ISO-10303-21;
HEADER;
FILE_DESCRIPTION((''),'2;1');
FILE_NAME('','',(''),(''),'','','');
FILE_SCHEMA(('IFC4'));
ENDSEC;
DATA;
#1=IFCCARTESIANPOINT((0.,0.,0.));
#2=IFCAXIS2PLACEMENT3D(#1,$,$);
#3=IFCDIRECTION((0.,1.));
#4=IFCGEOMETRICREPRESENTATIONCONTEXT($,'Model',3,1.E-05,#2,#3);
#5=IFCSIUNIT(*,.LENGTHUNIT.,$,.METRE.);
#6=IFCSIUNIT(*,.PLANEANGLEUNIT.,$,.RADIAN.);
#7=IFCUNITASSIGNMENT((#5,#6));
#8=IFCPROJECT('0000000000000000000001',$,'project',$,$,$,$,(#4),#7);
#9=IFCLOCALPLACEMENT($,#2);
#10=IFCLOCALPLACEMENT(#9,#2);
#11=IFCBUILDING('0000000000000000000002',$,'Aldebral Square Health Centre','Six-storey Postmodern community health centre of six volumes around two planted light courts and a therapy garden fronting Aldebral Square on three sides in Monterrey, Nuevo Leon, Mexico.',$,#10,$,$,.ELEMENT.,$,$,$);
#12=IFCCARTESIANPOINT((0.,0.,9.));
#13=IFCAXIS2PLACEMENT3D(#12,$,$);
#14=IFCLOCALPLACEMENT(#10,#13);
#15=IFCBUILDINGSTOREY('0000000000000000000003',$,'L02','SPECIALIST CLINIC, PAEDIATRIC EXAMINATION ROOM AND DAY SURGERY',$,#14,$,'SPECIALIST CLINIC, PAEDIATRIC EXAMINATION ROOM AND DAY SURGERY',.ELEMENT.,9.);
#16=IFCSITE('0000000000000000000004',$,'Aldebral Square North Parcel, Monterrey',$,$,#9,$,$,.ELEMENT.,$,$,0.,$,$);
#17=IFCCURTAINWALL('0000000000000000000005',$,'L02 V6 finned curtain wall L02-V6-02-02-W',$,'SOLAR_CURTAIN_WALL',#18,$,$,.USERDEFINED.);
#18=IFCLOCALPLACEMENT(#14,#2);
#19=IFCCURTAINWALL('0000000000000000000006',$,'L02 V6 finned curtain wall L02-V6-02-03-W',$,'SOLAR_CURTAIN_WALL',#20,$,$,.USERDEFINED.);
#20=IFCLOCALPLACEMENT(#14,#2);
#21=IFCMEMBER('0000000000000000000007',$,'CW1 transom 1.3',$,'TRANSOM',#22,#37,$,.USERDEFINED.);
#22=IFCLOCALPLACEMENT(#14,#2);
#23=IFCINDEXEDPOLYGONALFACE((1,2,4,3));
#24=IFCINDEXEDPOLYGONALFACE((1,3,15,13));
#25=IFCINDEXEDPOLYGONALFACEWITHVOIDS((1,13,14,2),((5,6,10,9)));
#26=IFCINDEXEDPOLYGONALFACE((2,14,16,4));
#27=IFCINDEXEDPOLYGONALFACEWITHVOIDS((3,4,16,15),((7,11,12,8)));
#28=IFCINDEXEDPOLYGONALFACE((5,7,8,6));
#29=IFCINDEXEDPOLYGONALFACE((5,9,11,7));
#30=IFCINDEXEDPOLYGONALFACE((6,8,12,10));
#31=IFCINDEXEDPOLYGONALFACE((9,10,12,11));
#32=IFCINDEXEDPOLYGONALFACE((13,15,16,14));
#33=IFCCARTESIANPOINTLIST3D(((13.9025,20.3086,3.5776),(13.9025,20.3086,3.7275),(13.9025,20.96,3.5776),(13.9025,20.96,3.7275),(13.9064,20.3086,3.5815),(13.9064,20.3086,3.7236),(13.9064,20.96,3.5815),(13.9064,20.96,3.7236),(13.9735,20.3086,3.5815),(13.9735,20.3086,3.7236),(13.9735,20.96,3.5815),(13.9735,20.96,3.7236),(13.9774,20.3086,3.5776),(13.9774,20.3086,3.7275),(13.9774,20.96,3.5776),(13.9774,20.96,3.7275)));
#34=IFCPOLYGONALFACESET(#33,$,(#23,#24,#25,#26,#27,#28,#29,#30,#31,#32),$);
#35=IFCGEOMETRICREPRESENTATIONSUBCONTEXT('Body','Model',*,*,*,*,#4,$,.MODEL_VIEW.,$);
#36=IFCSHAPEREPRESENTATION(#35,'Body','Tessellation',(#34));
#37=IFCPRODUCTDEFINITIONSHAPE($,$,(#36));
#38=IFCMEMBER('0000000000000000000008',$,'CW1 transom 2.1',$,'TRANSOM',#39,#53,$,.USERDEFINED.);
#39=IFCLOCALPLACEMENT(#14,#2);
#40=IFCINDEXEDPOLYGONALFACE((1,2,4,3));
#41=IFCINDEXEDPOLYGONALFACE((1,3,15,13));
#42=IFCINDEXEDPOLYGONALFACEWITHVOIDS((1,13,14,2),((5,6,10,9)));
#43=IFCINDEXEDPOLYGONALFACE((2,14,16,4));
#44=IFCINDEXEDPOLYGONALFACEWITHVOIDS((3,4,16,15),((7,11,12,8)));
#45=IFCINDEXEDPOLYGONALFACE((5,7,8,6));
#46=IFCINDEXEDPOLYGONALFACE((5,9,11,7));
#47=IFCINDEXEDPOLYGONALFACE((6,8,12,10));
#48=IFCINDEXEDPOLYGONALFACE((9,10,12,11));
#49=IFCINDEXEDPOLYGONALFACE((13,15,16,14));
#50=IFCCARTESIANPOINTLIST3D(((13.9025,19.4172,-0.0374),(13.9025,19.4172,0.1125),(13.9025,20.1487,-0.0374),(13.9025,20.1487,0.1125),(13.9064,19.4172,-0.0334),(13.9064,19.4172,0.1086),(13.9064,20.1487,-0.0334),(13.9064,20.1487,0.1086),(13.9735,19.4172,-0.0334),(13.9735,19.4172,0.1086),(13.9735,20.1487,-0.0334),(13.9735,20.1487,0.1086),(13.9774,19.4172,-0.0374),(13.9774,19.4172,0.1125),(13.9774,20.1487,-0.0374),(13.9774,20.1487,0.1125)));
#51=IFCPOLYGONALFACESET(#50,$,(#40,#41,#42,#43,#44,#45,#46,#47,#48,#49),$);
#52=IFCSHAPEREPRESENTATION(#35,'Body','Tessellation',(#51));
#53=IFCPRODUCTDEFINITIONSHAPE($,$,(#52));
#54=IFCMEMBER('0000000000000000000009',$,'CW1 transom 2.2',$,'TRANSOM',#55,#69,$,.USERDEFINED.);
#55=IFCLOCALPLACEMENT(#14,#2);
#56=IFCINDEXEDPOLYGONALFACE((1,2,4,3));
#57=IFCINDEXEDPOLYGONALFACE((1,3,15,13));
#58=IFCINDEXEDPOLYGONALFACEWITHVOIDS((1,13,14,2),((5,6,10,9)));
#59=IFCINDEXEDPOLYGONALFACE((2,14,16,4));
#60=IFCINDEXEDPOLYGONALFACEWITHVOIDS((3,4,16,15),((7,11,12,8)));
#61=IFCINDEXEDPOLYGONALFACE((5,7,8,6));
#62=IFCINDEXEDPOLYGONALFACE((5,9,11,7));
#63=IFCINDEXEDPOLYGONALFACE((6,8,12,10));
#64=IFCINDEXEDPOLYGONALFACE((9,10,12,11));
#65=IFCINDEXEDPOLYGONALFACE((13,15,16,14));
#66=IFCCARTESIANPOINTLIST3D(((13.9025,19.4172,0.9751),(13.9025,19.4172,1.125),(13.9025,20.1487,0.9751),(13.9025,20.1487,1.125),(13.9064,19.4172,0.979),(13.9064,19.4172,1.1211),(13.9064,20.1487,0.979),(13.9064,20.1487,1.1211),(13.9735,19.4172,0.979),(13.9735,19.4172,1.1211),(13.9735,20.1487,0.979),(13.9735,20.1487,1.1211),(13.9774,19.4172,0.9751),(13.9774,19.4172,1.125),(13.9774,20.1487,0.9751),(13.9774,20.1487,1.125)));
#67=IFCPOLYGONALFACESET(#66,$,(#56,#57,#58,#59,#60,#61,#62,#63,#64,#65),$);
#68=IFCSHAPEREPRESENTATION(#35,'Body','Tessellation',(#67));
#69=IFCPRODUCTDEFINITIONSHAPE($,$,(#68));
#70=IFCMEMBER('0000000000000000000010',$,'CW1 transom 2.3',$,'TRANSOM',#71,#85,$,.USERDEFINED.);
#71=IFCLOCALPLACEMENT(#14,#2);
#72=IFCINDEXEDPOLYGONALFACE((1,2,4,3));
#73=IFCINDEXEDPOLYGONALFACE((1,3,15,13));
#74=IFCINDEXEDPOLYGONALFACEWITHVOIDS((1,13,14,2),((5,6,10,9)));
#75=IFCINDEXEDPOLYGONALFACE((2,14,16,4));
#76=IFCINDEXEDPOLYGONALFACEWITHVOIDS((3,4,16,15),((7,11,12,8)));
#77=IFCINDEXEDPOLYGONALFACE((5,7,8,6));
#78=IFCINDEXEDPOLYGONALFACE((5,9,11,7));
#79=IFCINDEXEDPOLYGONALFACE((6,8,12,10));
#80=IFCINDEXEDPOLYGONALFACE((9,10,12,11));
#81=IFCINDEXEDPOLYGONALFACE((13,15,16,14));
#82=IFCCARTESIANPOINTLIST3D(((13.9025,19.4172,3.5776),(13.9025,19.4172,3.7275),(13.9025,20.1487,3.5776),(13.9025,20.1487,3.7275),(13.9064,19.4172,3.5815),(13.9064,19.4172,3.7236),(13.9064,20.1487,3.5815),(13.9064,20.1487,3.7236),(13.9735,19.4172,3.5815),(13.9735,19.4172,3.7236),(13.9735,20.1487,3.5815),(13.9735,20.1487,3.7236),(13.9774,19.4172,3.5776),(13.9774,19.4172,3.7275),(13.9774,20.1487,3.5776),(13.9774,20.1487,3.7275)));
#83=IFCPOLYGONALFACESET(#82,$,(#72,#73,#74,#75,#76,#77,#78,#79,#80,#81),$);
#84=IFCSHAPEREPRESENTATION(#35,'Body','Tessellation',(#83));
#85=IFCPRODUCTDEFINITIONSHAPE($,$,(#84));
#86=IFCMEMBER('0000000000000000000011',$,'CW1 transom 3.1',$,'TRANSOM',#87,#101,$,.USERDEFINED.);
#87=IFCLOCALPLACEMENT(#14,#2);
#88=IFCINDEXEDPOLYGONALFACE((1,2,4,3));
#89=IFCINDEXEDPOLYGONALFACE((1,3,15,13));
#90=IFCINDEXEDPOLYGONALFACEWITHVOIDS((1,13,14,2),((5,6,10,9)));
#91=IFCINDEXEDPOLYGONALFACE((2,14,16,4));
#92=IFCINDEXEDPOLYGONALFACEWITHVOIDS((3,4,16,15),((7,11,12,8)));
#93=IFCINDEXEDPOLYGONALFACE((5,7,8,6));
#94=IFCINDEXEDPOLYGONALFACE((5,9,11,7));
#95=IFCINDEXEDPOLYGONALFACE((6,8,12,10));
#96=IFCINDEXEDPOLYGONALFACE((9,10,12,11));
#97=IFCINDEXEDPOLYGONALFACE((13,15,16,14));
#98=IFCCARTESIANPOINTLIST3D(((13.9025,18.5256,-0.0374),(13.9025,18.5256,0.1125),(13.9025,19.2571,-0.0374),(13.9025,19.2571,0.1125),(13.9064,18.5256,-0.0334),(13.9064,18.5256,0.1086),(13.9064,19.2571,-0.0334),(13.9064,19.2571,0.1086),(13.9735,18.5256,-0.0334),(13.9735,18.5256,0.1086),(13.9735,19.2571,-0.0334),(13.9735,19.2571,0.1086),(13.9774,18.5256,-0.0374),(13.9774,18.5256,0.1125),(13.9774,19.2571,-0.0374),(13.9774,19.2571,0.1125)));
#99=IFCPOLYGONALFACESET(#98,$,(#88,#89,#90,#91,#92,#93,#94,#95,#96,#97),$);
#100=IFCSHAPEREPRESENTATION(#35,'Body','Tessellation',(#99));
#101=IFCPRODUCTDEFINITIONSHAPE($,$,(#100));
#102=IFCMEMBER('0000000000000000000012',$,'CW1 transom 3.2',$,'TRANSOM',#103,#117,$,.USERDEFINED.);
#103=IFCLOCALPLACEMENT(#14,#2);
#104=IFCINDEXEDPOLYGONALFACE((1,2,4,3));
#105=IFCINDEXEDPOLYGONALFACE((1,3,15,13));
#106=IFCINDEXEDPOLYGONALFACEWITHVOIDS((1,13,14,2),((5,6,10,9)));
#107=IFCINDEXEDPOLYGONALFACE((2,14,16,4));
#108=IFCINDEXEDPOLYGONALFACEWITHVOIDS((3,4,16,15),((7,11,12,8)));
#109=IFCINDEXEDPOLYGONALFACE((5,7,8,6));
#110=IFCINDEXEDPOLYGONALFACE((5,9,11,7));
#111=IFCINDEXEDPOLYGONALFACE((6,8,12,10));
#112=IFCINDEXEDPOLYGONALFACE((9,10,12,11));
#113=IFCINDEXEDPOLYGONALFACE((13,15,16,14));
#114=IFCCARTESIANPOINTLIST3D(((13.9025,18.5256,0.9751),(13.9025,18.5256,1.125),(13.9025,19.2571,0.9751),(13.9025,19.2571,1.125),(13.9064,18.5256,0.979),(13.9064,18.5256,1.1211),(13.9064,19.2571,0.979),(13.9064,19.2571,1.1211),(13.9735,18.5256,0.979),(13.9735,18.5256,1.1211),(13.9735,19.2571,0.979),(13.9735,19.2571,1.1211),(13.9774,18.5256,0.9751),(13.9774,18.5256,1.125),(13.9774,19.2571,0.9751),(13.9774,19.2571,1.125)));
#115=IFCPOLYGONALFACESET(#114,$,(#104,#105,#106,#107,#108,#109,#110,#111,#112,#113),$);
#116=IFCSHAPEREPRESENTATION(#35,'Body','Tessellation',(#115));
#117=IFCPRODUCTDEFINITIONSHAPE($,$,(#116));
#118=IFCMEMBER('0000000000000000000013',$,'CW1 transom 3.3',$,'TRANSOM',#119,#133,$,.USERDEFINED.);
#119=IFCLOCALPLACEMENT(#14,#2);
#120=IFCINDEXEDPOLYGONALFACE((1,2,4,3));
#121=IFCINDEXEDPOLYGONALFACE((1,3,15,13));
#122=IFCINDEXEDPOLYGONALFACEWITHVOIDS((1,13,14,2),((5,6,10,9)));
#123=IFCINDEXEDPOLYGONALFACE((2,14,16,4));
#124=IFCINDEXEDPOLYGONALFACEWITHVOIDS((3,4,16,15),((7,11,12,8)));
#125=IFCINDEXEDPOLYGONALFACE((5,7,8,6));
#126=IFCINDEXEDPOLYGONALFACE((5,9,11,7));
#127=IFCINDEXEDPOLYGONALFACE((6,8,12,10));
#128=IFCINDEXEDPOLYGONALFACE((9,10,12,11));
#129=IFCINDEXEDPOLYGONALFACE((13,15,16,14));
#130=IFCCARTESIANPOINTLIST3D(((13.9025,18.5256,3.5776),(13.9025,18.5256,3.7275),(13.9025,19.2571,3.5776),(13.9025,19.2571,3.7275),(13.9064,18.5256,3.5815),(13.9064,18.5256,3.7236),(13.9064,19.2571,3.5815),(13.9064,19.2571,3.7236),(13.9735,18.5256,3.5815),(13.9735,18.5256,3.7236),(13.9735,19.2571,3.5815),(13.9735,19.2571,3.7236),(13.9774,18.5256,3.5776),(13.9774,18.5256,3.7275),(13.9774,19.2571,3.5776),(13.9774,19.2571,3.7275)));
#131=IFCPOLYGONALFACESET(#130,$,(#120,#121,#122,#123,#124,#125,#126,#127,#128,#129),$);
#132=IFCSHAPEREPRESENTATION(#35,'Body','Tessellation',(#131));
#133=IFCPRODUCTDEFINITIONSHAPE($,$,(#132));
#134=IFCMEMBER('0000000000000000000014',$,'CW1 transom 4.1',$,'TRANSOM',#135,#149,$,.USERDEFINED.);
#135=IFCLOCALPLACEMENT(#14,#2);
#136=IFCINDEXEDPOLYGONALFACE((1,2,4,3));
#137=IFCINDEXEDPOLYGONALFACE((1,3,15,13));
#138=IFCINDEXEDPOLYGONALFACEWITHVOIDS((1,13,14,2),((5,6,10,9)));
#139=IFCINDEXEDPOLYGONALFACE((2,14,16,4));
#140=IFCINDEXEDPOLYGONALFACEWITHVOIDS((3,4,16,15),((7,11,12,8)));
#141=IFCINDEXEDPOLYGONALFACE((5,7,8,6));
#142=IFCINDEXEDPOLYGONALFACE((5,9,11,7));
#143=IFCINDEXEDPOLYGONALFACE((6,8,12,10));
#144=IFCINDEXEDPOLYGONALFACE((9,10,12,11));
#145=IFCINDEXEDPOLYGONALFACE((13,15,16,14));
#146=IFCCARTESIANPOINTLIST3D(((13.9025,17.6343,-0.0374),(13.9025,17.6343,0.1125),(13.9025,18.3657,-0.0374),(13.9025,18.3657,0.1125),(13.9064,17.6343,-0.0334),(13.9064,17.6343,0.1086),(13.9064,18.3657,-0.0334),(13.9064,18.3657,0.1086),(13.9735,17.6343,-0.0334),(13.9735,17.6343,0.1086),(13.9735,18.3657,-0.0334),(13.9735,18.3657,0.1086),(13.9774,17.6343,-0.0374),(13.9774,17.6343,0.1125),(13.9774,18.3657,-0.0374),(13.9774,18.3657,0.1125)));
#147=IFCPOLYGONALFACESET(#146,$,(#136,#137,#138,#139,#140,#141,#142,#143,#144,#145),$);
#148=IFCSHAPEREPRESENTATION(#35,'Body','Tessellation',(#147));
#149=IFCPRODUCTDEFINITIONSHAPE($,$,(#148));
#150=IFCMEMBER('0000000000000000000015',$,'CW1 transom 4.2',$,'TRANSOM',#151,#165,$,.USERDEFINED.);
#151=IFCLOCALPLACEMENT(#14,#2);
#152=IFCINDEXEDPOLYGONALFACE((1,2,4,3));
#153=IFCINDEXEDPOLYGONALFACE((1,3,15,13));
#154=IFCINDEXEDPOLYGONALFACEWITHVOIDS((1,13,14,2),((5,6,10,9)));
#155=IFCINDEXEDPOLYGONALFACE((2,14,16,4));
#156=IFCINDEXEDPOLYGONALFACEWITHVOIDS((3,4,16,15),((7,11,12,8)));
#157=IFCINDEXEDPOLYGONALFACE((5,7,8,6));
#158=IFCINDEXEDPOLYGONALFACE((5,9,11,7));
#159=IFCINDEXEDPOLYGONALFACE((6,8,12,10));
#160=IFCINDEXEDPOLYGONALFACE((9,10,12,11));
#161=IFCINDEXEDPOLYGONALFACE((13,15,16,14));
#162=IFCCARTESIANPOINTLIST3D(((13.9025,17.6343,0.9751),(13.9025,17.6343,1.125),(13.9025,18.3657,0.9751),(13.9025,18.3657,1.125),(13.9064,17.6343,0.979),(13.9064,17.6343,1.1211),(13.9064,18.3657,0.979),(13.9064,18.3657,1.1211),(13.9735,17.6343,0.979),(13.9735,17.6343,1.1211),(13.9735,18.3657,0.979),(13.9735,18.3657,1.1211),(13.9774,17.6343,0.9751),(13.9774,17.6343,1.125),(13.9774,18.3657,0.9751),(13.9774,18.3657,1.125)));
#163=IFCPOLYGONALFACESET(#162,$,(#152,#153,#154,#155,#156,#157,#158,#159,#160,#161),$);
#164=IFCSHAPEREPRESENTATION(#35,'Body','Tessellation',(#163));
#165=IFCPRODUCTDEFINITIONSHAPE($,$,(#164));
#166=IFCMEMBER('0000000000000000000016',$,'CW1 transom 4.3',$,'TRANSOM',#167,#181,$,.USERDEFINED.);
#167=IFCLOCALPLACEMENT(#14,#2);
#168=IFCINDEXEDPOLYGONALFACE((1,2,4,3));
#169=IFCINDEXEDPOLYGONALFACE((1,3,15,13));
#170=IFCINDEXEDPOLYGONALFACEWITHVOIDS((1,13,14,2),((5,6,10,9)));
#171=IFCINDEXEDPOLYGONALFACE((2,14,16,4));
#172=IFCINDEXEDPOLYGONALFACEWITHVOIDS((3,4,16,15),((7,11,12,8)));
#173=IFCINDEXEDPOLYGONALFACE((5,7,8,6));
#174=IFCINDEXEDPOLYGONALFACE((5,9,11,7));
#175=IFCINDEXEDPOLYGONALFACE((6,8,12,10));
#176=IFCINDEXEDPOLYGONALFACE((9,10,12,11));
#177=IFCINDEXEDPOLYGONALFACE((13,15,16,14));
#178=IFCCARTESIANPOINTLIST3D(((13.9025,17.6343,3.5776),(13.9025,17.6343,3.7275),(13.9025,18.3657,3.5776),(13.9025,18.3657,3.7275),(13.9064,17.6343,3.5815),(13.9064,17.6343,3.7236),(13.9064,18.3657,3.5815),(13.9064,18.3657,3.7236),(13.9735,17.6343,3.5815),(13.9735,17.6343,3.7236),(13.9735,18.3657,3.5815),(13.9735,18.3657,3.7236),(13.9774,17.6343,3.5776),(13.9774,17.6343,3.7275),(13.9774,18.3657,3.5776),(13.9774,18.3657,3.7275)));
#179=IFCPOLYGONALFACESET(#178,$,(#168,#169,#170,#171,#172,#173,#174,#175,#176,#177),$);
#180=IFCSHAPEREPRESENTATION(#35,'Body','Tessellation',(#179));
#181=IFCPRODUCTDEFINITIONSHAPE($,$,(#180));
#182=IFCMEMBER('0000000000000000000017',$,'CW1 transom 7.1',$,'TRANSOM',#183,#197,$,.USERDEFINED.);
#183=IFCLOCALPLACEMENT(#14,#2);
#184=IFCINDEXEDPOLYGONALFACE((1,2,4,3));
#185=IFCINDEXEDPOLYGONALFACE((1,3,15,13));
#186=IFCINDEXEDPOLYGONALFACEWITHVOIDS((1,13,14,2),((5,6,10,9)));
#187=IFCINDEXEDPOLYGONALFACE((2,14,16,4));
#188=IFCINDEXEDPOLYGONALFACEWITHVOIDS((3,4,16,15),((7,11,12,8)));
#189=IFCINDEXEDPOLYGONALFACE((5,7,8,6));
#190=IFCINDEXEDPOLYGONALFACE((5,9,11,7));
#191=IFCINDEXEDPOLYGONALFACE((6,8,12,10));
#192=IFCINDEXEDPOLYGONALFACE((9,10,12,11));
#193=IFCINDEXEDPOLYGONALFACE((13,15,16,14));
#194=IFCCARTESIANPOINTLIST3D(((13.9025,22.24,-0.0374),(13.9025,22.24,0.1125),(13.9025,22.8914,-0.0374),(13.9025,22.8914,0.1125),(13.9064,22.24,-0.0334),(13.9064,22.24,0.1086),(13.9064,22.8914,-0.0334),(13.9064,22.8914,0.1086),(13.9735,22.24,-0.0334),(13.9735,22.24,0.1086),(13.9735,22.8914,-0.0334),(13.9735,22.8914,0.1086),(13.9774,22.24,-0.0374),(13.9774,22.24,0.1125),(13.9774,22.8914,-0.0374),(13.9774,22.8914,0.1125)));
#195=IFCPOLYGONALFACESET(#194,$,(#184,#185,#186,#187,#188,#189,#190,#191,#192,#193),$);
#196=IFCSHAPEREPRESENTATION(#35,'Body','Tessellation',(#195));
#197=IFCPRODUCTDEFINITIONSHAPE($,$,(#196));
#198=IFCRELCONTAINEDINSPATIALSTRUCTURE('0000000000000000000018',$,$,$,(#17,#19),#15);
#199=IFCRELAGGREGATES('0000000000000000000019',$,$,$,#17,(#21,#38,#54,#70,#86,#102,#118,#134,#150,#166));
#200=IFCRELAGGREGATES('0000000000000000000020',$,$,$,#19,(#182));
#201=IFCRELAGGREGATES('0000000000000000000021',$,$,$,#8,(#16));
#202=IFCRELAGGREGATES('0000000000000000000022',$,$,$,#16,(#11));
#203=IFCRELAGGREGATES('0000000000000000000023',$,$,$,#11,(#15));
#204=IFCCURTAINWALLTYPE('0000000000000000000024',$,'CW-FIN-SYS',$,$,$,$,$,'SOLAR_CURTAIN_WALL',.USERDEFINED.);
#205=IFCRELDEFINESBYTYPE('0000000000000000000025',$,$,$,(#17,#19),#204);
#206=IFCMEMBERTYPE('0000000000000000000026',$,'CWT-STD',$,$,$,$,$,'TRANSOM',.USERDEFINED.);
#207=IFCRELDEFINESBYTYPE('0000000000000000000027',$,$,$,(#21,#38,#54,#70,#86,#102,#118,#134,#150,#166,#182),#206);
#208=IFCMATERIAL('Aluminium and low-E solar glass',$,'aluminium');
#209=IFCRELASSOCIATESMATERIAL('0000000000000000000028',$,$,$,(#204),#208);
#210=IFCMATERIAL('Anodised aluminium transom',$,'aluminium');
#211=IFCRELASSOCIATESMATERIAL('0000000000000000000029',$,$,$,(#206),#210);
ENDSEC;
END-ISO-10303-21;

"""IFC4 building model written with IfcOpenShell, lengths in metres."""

from ifc_helpers import new_model, si_unit, direction, frame, origin, origin_2d, place, context, subcontext, project, spatial, hollow_rectangle, extrude, material, material_profile, profile_set, type_object, element, aggregate, save


model = new_model("IFC4")

# Units and contexts
model_context = context("Model", 3, precision=1e-05, world=origin(), true_north=direction((0.0, 1.0)))
body_context = subcontext(model_context, "Body", "Model", "MODEL_VIEW")
ifc_project = project(units=[si_unit("LENGTHUNIT", "METRE"), si_unit("PLANEANGLEUNIT", "RADIAN")], contexts=[model_context])

# Site, building, storey
site_placement = place(None, origin())
site = spatial("IfcSite", under=ifc_project, at=site_placement, Name="Aldebral Square North Parcel, Monterrey", CompositionType="ELEMENT", RefElevation=0.0)
building_placement = place(site_placement, origin())
building = spatial("IfcBuilding", under=site, at=building_placement, Name="Aldebral Square Health Centre", Description="Six-storey Postmodern community health centre of six volumes around two planted light courts and a therapy garden fronting Aldebral Square on three sides in Monterrey, Nuevo Leon, Mexico.", CompositionType="ELEMENT")
storey_placement = place(building_placement, frame((0.0, 0.0, 9.0)))
storey = spatial("IfcBuildingStorey", under=building, at=storey_placement, Name="L02", Description="SPECIALIST CLINIC, PAEDIATRIC EXAMINATION ROOM AND DAY SURGERY", LongName="SPECIALIST CLINIC, PAEDIATRIC EXAMINATION ROOM AND DAY SURGERY", CompositionType="ELEMENT", Elevation=9.0)

# Curtain walls
ifc_material_1 = material(Name="Aluminium and low-E solar glass", Category="aluminium")
curtain_wall_type = type_object("IfcCurtainWallType", Name="CW-FIN-SYS", ElementType="SOLAR_CURTAIN_WALL", PredefinedType="USERDEFINED", material=ifc_material_1)
curtain_wall_1_placement = place(storey_placement, origin())
curtain_wall_1 = element("IfcCurtainWall", 1, at=curtain_wall_1_placement, inside=storey, type_object=curtain_wall_type, Name="L02 V6 finned curtain wall L02-V6-02-02-W", ObjectType="SOLAR_CURTAIN_WALL", PredefinedType="USERDEFINED")
curtain_wall_2_placement = place(storey_placement, origin())
curtain_wall_2 = element("IfcCurtainWall", 2, at=curtain_wall_2_placement, inside=storey, type_object=curtain_wall_type, Name="L02 V6 finned curtain wall L02-V6-02-03-W", ObjectType="SOLAR_CURTAIN_WALL", PredefinedType="USERDEFINED")

# Members
ifc_material_2 = material(Name="Anodised aluminium transom", Category="aluminium")
ifc_material_profile_1 = material_profile(ifc_material_2, hollow_rectangle(XDim=0.075, YDim=0.1499, WallThickness=0.0039, at=origin_2d()), Name="CWT 75x150x4")
ifc_profile_set_1 = profile_set([ifc_material_profile_1], Name="Anodised aluminium transom")
member_type_1 = type_object("IfcMemberType", Name="CWT-STD", ElementType="TRANSOM", PredefinedType="USERDEFINED", material=ifc_profile_set_1)
member_1_placement = place(storey_placement, frame((13.9399, 20.96, 3.6526), z_axis=(0.0, -1.0, 0.0), x_axis=(1.0, 0.0, 0.0)))
member_1 = element("IfcMember", 3, at=member_1_placement, type_object=member_type_1, Name="CW1 transom 1.3", ObjectType="TRANSOM", PredefinedType="USERDEFINED", context=body_context, shape_type="SweptSolid", body=[
    extrude(hollow_rectangle(XDim=0.075, YDim=0.1499, WallThickness=0.0039, at=origin_2d()), origin(), (0.0, 0.0, 1.0), 0.6514),
])
member_2_placement = place(storey_placement, frame((13.9399, 20.1487, 0.0376), z_axis=(0.0, -1.0, 0.0), x_axis=(1.0, 0.0, 0.0)))
member_2 = element("IfcMember", 4, at=member_2_placement, type_object=member_type_1, Name="CW1 transom 2.1", ObjectType="TRANSOM", PredefinedType="USERDEFINED", context=body_context, shape_type="SweptSolid", body=[
    extrude(hollow_rectangle(XDim=0.075, YDim=0.1499, WallThickness=0.0039, at=origin_2d()), origin(), (0.0, 0.0, 1.0), 0.7314),
])
member_3_placement = place(storey_placement, frame((13.9399, 20.1487, 1.05), z_axis=(0.0, -1.0, 0.0), x_axis=(1.0, 0.0, 0.0)))
member_3 = element("IfcMember", 5, at=member_3_placement, type_object=member_type_1, Name="CW1 transom 2.2", ObjectType="TRANSOM", PredefinedType="USERDEFINED", context=body_context, shape_type="SweptSolid", body=[
    extrude(hollow_rectangle(XDim=0.075, YDim=0.1499, WallThickness=0.0039, at=origin_2d()), origin(), (0.0, 0.0, 1.0), 0.7314),
])
member_4_placement = place(storey_placement, frame((13.9399, 20.1487, 3.6526), z_axis=(0.0, -1.0, 0.0), x_axis=(1.0, 0.0, 0.0)))
member_4 = element("IfcMember", 6, at=member_4_placement, type_object=member_type_1, Name="CW1 transom 2.3", ObjectType="TRANSOM", PredefinedType="USERDEFINED", context=body_context, shape_type="SweptSolid", body=[
    extrude(hollow_rectangle(XDim=0.075, YDim=0.1499, WallThickness=0.0039, at=origin_2d()), origin(), (0.0, 0.0, 1.0), 0.7314),
])
member_5_placement = place(storey_placement, frame((13.9399, 19.2571, 0.0376), z_axis=(0.0, -1.0, 0.0), x_axis=(1.0, 0.0, 0.0)))
member_5 = element("IfcMember", 7, at=member_5_placement, type_object=member_type_1, Name="CW1 transom 3.1", ObjectType="TRANSOM", PredefinedType="USERDEFINED", context=body_context, shape_type="SweptSolid", body=[
    extrude(hollow_rectangle(XDim=0.075, YDim=0.1499, WallThickness=0.0039, at=origin_2d()), origin(), (0.0, 0.0, 1.0), 0.7314),
])
member_6_placement = place(storey_placement, frame((13.9399, 19.2571, 1.05), z_axis=(0.0, -1.0, 0.0), x_axis=(1.0, 0.0, 0.0)))
member_6 = element("IfcMember", 8, at=member_6_placement, type_object=member_type_1, Name="CW1 transom 3.2", ObjectType="TRANSOM", PredefinedType="USERDEFINED", context=body_context, shape_type="SweptSolid", body=[
    extrude(hollow_rectangle(XDim=0.075, YDim=0.1499, WallThickness=0.0039, at=origin_2d()), origin(), (0.0, 0.0, 1.0), 0.7314),
])
member_7_placement = place(storey_placement, frame((13.9399, 19.2571, 3.6526), z_axis=(0.0, -1.0, 0.0), x_axis=(1.0, 0.0, 0.0)))
member_7 = element("IfcMember", 9, at=member_7_placement, type_object=member_type_1, Name="CW1 transom 3.3", ObjectType="TRANSOM", PredefinedType="USERDEFINED", context=body_context, shape_type="SweptSolid", body=[
    extrude(hollow_rectangle(XDim=0.075, YDim=0.1499, WallThickness=0.0039, at=origin_2d()), origin(), (0.0, 0.0, 1.0), 0.7314),
])
member_8_placement = place(storey_placement, frame((13.9399, 18.3657, 0.0376), z_axis=(0.0, -1.0, 0.0), x_axis=(1.0, 0.0, 0.0)))
member_8 = element("IfcMember", 10, at=member_8_placement, type_object=member_type_1, Name="CW1 transom 4.1", ObjectType="TRANSOM", PredefinedType="USERDEFINED", context=body_context, shape_type="SweptSolid", body=[
    extrude(hollow_rectangle(XDim=0.075, YDim=0.1499, WallThickness=0.0039, at=origin_2d()), origin(), (0.0, 0.0, 1.0), 0.7314),
])
member_9_placement = place(storey_placement, frame((13.9399, 18.3657, 1.05), z_axis=(0.0, -1.0, 0.0), x_axis=(1.0, 0.0, 0.0)))
member_9 = element("IfcMember", 11, at=member_9_placement, type_object=member_type_1, Name="CW1 transom 4.2", ObjectType="TRANSOM", PredefinedType="USERDEFINED", context=body_context, shape_type="SweptSolid", body=[
    extrude(hollow_rectangle(XDim=0.075, YDim=0.1499, WallThickness=0.0039, at=origin_2d()), origin(), (0.0, 0.0, 1.0), 0.7314),
])
member_10_placement = place(storey_placement, frame((13.9399, 18.3657, 3.6526), z_axis=(0.0, -1.0, 0.0), x_axis=(1.0, 0.0, 0.0)))
member_10 = element("IfcMember", 12, at=member_10_placement, type_object=member_type_1, Name="CW1 transom 4.3", ObjectType="TRANSOM", PredefinedType="USERDEFINED", context=body_context, shape_type="SweptSolid", body=[
    extrude(hollow_rectangle(XDim=0.075, YDim=0.1499, WallThickness=0.0039, at=origin_2d()), origin(), (0.0, 0.0, 1.0), 0.7314),
])
member_11_placement = place(storey_placement, frame((13.9399, 22.8914, 0.0376), z_axis=(0.0, -1.0, 0.0), x_axis=(1.0, 0.0, 0.0)))
member_11 = element("IfcMember", 13, at=member_11_placement, type_object=member_type_1, Name="CW1 transom 7.1", ObjectType="TRANSOM", PredefinedType="USERDEFINED", context=body_context, shape_type="SweptSolid", body=[
    extrude(hollow_rectangle(XDim=0.075, YDim=0.1499, WallThickness=0.0039, at=origin_2d()), origin(), (0.0, 0.0, 1.0), 0.6514),
])

aggregate(curtain_wall_1, [member_1, member_2, member_3, member_4, member_5, member_6, member_7, member_8, member_9, member_10])
aggregate(curtain_wall_2, [member_11])

save(model, "model.ifc")
